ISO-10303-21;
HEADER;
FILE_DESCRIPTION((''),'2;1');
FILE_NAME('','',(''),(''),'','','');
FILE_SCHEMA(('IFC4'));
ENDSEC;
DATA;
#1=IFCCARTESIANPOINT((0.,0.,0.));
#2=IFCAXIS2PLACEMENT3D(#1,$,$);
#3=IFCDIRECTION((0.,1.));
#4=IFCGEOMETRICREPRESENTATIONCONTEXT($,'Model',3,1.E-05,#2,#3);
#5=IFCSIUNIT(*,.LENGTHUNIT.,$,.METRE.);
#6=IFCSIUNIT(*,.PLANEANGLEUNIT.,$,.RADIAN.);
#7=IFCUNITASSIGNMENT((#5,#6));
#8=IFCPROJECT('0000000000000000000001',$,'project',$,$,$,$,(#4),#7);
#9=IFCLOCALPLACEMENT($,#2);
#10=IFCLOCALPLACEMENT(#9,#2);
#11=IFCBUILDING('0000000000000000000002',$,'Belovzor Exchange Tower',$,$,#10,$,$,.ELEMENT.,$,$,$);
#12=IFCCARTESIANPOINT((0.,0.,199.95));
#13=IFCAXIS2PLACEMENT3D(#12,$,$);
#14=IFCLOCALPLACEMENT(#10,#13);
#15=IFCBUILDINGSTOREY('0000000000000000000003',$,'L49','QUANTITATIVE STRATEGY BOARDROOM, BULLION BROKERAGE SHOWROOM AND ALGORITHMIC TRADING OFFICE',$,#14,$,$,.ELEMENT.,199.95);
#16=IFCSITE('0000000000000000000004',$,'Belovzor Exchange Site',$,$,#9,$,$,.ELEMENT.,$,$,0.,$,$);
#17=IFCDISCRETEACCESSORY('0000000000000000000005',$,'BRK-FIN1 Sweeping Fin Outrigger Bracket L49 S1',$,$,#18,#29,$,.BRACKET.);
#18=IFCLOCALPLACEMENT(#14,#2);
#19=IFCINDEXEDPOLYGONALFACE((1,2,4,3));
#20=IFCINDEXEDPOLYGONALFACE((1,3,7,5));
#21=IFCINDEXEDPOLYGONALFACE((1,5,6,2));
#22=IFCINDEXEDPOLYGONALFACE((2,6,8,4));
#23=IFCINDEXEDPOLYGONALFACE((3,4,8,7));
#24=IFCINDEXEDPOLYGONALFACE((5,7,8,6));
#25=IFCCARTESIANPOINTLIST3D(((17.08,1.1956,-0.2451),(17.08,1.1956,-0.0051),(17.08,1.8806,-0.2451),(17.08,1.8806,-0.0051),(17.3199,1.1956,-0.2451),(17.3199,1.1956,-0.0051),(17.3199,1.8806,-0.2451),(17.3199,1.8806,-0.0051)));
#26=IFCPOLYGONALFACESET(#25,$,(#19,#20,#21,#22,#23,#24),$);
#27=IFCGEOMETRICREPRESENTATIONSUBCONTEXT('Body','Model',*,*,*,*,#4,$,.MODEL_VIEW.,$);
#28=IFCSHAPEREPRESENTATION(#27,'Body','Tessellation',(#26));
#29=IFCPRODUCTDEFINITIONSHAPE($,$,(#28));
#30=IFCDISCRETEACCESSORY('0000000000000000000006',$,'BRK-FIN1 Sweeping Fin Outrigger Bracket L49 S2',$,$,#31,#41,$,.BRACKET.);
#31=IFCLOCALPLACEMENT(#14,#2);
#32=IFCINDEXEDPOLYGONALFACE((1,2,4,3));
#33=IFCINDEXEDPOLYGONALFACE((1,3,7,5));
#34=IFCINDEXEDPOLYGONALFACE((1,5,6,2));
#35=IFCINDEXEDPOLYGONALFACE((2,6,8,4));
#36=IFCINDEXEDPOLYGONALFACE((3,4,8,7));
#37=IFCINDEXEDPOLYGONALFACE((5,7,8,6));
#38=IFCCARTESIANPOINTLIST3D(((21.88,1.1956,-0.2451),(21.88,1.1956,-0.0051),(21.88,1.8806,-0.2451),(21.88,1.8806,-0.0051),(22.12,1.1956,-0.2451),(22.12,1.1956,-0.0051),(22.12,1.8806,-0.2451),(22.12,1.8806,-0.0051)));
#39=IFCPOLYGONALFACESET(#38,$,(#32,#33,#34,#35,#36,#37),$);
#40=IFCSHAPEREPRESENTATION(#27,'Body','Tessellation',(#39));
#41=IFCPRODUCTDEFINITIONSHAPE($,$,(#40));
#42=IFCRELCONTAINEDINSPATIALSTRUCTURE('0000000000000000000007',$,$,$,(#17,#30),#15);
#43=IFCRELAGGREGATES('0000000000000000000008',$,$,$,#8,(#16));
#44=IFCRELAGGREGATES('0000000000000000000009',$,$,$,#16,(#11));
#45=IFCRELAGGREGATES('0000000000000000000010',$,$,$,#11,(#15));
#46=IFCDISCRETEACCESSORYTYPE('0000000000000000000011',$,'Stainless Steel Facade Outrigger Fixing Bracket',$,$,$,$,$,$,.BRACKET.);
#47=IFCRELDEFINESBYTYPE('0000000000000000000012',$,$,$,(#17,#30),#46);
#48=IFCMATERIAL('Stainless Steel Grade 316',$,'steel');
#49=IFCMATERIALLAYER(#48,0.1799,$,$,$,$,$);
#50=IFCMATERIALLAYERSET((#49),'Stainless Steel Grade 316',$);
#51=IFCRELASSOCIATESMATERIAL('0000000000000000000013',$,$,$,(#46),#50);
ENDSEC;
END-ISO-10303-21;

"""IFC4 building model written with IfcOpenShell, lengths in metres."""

from ifc_helpers import new_model, si_unit, direction, frame, origin, origin_2d, place, context, subcontext, project, spatial, rectangle, extrude, material, layer, layer_set, type_object, element, save


model = new_model("IFC4")

# Units and contexts
model_context = context("Model", 3, precision=1e-05, world=origin(), true_north=direction((0.0, 1.0)))
body_context = subcontext(model_context, "Body", "Model", "MODEL_VIEW")
ifc_project = project(units=[si_unit("LENGTHUNIT", "METRE"), si_unit("PLANEANGLEUNIT", "RADIAN")], contexts=[model_context])

# Site, building, storey
site_placement = place(None, origin())
site = spatial("IfcSite", under=ifc_project, at=site_placement, Name="Belovzor Exchange Site", CompositionType="ELEMENT", RefElevation=0.0)
building_placement = place(site_placement, origin())
building = spatial("IfcBuilding", under=site, at=building_placement, Name="Belovzor Exchange Tower", CompositionType="ELEMENT")
storey_placement = place(building_placement, frame((0.0, 0.0, 199.95)))
storey = spatial("IfcBuildingStorey", under=building, at=storey_placement, Name="L49", Description="QUANTITATIVE STRATEGY BOARDROOM, BULLION BROKERAGE SHOWROOM AND ALGORITHMIC TRADING OFFICE", CompositionType="ELEMENT", Elevation=199.95)

# Discrete accessories
ifc_material_1 = material(Name="Stainless Steel Grade 316", Category="steel")
ifc_layer_1 = layer(ifc_material_1, 0.1799)
ifc_layer_set_1 = layer_set([ifc_layer_1], Name="Stainless Steel Grade 316")
discrete_accessory_type = type_object("IfcDiscreteAccessoryType", Name="Stainless Steel Facade Outrigger Fixing Bracket", PredefinedType="BRACKET", material=ifc_layer_set_1)
for number, where, z_axis, x_axis, name in (
    (1, (17.2, 1.5381, -0.2451), (0.0, 0.0, 1.0), (0.0, 1.0, 0.0), "BRK-FIN1 Sweeping Fin Outrigger Bracket L49 S1"),
    (2, (22.0, 1.5381, -0.2451), (0.0, 0.0, 1.0), (0.0, 1.0, 0.0), "BRK-FIN1 Sweeping Fin Outrigger Bracket L49 S2"),
):
    element("IfcDiscreteAccessory", number, at=place(storey_placement, frame(where, z_axis=z_axis, x_axis=x_axis)), inside=storey, type_object=discrete_accessory_type, Name=name, PredefinedType="BRACKET", context=body_context, shape_type="SweptSolid", body=[
        extrude(rectangle(XDim=0.6851, YDim=0.24, at=origin_2d()), origin(), (0.0, 0.0, 1.0), 0.24),
    ])

save(model, "model.ifc")
